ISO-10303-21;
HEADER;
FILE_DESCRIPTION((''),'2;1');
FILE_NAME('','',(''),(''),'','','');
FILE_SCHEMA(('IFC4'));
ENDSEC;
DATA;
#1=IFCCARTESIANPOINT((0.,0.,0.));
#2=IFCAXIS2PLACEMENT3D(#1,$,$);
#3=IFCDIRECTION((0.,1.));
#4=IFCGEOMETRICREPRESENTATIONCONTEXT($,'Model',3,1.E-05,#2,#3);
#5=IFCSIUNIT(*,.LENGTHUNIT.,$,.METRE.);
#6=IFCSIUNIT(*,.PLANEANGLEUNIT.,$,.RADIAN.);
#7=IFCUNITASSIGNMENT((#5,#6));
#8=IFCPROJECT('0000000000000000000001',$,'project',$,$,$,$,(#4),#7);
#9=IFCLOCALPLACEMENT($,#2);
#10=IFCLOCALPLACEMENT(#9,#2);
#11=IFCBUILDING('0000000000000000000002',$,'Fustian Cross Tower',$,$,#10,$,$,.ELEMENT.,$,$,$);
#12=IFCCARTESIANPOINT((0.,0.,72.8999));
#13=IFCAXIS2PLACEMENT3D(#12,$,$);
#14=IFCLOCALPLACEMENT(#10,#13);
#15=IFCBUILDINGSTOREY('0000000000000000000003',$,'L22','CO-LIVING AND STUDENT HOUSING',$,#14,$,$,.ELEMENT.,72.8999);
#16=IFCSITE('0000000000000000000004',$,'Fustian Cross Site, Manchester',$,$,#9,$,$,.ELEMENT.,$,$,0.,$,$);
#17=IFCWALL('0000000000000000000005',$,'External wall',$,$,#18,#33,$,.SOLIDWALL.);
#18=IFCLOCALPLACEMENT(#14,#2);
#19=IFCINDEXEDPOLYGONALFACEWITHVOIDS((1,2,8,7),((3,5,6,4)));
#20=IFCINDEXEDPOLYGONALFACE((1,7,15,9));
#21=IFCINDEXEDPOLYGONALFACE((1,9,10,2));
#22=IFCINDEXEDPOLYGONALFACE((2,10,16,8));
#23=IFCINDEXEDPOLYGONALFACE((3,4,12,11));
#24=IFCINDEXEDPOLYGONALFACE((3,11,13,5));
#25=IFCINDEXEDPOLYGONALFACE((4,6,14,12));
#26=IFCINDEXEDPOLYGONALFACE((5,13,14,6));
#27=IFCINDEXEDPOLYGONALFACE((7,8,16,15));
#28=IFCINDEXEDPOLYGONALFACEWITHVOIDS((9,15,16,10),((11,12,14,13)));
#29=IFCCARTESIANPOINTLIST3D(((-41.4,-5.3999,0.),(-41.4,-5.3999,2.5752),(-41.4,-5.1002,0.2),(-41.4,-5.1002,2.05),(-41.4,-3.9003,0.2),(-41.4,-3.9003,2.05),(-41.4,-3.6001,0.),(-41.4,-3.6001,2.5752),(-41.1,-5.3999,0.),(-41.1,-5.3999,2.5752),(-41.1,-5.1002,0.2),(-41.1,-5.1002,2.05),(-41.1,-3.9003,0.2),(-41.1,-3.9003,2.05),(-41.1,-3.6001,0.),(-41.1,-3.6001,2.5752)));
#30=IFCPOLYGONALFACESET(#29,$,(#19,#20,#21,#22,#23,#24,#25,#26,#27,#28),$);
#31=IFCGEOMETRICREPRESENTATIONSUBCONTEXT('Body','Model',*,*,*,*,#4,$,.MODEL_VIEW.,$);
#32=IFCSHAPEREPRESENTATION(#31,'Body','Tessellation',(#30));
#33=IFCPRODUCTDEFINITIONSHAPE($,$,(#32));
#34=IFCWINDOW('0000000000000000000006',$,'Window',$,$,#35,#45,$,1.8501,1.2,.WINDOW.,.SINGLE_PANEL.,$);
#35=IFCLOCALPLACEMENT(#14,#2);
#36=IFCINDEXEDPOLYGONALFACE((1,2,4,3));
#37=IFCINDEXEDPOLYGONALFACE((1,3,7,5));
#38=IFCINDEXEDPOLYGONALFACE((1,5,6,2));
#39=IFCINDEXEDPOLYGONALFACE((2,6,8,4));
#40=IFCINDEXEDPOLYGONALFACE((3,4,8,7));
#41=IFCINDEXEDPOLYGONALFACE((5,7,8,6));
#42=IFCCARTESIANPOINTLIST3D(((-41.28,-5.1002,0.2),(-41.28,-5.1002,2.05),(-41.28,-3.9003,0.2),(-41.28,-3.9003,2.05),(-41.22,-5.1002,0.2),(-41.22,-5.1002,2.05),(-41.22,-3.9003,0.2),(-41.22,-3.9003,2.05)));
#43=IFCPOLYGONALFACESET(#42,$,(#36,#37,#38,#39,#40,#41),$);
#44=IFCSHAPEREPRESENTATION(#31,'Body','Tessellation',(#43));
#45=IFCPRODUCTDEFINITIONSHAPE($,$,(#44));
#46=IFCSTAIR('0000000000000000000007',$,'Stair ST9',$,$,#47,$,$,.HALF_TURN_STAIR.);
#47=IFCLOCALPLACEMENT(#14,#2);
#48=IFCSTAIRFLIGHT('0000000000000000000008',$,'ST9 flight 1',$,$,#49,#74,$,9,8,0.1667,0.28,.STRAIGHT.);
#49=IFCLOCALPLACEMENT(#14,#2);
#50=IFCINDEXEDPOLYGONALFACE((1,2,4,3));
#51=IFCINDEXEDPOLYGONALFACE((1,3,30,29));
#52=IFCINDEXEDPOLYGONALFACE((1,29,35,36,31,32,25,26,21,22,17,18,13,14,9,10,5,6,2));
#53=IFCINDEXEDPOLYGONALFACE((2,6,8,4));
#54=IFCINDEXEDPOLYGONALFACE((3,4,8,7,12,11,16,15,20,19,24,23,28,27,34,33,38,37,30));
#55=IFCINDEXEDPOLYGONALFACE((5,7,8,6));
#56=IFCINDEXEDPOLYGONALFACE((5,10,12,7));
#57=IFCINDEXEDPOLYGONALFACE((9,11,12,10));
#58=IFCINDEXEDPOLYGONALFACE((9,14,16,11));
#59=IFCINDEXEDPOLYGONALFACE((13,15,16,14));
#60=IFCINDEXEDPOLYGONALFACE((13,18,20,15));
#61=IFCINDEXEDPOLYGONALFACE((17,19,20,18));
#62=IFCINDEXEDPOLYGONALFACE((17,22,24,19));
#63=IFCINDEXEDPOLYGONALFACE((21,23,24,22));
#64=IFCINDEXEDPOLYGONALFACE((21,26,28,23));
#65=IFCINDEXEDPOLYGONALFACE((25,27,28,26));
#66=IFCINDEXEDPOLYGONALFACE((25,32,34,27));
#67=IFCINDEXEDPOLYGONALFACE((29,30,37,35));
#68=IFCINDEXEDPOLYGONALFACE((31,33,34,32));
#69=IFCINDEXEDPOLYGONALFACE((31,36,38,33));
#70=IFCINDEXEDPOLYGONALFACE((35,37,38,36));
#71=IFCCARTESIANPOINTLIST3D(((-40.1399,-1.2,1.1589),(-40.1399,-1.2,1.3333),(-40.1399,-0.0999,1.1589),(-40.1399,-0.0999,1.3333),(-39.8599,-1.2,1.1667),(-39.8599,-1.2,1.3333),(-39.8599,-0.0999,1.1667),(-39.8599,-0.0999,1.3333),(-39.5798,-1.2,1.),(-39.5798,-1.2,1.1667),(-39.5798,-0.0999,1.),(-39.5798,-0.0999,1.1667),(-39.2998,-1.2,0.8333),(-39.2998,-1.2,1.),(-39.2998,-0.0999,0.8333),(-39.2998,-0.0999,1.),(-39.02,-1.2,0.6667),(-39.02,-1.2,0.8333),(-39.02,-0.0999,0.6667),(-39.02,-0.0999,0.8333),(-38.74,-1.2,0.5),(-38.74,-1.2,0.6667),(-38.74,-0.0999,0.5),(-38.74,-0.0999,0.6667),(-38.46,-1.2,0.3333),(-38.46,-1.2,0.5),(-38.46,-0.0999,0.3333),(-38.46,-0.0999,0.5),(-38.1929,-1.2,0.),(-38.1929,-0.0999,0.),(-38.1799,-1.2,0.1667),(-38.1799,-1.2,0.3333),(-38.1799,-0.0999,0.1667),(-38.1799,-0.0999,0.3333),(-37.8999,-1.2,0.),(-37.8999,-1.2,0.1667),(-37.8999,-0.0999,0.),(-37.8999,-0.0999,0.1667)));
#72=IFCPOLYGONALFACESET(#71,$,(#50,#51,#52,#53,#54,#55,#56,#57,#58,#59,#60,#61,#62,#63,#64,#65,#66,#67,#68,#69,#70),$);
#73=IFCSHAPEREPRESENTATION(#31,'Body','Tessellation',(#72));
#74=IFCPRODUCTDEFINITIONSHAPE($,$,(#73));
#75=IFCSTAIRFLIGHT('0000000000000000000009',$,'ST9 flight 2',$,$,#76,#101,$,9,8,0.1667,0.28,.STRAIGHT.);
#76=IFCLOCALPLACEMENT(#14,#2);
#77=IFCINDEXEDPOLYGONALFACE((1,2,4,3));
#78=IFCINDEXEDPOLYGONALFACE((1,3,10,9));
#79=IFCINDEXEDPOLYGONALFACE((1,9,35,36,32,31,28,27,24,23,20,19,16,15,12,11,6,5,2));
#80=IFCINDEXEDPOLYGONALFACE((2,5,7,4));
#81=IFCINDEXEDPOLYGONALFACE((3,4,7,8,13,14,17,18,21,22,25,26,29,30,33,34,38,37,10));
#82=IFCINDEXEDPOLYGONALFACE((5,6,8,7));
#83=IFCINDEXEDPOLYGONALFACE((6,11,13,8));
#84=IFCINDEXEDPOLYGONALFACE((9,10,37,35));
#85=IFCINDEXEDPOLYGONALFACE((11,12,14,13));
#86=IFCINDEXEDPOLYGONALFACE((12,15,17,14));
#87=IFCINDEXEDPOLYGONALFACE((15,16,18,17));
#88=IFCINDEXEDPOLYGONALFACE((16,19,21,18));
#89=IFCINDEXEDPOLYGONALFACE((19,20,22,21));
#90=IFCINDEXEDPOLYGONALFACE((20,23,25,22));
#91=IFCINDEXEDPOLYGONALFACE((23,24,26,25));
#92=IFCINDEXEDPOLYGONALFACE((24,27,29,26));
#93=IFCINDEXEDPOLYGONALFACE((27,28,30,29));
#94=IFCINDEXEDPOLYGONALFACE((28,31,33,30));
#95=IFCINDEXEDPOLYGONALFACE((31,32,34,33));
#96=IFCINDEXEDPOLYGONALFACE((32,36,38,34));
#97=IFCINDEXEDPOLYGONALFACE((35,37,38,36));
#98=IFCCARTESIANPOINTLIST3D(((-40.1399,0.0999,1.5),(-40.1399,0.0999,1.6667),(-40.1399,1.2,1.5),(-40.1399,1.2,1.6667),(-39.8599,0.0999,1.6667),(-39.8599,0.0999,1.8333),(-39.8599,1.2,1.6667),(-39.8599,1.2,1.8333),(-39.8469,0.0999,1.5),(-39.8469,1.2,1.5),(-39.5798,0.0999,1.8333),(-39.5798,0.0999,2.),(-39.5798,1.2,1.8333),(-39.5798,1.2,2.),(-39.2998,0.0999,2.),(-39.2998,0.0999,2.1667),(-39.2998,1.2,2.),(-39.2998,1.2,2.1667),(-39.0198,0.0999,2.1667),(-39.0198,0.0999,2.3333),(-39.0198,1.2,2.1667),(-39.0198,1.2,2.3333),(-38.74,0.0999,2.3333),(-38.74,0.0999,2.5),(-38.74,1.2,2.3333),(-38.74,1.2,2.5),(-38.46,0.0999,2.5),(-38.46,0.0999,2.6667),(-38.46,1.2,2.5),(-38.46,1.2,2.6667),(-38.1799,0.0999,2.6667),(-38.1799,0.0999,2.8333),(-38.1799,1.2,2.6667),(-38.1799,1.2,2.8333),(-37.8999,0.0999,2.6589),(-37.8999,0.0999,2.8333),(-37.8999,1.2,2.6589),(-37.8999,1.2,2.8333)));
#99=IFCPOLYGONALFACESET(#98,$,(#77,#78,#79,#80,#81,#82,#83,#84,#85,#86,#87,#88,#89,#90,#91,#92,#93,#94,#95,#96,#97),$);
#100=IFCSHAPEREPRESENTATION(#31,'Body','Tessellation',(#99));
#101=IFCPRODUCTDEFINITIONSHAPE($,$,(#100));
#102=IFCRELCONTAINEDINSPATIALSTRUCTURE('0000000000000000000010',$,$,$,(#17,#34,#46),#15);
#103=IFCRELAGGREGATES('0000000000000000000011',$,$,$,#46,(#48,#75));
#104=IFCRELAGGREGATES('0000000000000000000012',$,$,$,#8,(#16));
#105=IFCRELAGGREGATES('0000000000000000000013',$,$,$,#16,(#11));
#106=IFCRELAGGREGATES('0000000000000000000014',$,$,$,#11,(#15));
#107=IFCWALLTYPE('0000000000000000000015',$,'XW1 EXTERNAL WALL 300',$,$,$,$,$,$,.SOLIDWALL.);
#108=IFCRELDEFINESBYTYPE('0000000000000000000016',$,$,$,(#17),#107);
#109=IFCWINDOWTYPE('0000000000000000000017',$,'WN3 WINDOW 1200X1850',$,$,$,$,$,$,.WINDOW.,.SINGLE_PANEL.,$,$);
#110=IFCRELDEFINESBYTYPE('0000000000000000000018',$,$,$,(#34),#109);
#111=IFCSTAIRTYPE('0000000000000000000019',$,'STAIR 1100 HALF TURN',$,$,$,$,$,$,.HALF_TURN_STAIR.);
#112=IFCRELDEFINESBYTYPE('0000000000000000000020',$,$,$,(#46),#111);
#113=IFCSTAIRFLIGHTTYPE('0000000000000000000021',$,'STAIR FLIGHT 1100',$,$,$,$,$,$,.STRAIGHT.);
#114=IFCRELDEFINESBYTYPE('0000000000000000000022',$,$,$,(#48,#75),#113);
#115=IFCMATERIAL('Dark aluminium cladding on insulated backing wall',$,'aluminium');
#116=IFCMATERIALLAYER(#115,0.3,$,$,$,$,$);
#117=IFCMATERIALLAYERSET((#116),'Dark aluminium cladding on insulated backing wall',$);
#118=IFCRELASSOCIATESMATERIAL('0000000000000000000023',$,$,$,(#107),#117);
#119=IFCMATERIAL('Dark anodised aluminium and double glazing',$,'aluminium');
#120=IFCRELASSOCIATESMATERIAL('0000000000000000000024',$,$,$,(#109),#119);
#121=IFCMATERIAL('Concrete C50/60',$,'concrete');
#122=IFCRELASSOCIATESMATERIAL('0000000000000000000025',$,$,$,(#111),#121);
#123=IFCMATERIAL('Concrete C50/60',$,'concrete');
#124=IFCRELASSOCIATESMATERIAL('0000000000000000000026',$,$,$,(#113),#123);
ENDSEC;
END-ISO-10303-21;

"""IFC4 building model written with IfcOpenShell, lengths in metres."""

from ifc_helpers import new_model, si_unit, direction, frame, frame_2d, origin, place, context, subcontext, project, spatial, polyline, rectangle, outline, extrude, material, layer, layer_set, type_object, element, fill, aggregate, save


model = new_model("IFC4")

# Units and contexts
model_context = context("Model", 3, precision=1e-05, world=origin(), true_north=direction((0.0, 1.0)))
body_context = subcontext(model_context, "Body", "Model", "MODEL_VIEW")
ifc_project = project(units=[si_unit("LENGTHUNIT", "METRE"), si_unit("PLANEANGLEUNIT", "RADIAN")], contexts=[model_context])

# Site, building, storey
site_placement = place(None, origin())
site = spatial("IfcSite", under=ifc_project, at=site_placement, Name="Fustian Cross Site, Manchester", CompositionType="ELEMENT", RefElevation=0.0)
building_placement = place(site_placement, origin())
building = spatial("IfcBuilding", under=site, at=building_placement, Name="Fustian Cross Tower", CompositionType="ELEMENT")
storey_placement = place(building_placement, frame((0.0, 0.0, 72.8999)))
storey = spatial("IfcBuildingStorey", under=building, at=storey_placement, Name="L22", Description="CO-LIVING AND STUDENT HOUSING", CompositionType="ELEMENT", Elevation=72.8999)

# Shared definitions
ifc_material_1 = material(Name="Dark aluminium cladding on insulated backing wall", Category="aluminium")
ifc_layer_1 = layer(ifc_material_1, 0.3)
ifc_layer_set_1 = layer_set([ifc_layer_1], Name="Dark aluminium cladding on insulated backing wall")
wall_type_1 = type_object("IfcWallType", Name="XW1 EXTERNAL WALL 300", PredefinedType="SOLIDWALL", material=ifc_layer_set_1)

# Wall, opening, window
wall_1_placement = place(storey_placement, frame((-41.25, -3.6001, 0.0), z_axis=(0.0, 0.0, 1.0), x_axis=(0.0, -1.0, 0.0)))
wall_1 = element("IfcWall", 1, at=wall_1_placement, inside=storey, type_object=wall_type_1, Name="External wall", PredefinedType="SOLIDWALL", context=body_context, shape_type="SweptSolid", body=[
    extrude(rectangle(XDim=1.7998, YDim=0.3, at=frame_2d((0.8999, 0.0))), origin(), (0.0, 0.0, 1.0), 2.5752),
])
opening_1_placement = place(wall_1_placement, frame((0.3, 0.0, 0.2)))
opening_1 = element("IfcOpeningElement", 2, at=opening_1_placement, cuts=wall_1, PredefinedType="OPENING", context=body_context, shape_type="SweptSolid", body=[
    extrude(rectangle(XDim=1.2, YDim=1.8501, at=frame_2d((0.6001, 0.925))), frame((0.0, 0.1599, 0.0), z_axis=(0.0, -1.0, 0.0), x_axis=(1.0, 0.0, 0.0)), (0.0, 0.0, 1.0), 0.3201),
])
ifc_material_2 = material(Name="Dark anodised aluminium and double glazing", Category="aluminium")
window_type = type_object("IfcWindowType", Name="WN3 WINDOW 1200X1850", PartitioningType="SINGLE_PANEL", PredefinedType="WINDOW", material=ifc_material_2)
window_placement = place(opening_1_placement, origin())
window = element("IfcWindow", 3, at=window_placement, inside=storey, type_object=window_type, Name="Window", OverallHeight=1.8501, OverallWidth=1.2, PartitioningType="SINGLE_PANEL", PredefinedType="WINDOW", context=body_context, shape_type="SweptSolid", body=[
    extrude(rectangle(XDim=1.2, YDim=1.8501, at=frame_2d((0.6001, 0.925))), frame((0.0, 0.03, 0.0), z_axis=(0.0, -1.0, 0.0), x_axis=(1.0, 0.0, 0.0)), (0.0, 0.0, 1.0), 0.0601),
])
fill(opening_1, window)

# Stair, stair flights
ifc_material_3 = material(Name="Concrete C50/60", Category="concrete")
stair_type = type_object("IfcStairType", Name="STAIR 1100 HALF TURN", PredefinedType="HALF_TURN_STAIR", material=ifc_material_3)
stair_placement = place(storey_placement, origin())
stair = element("IfcStair", 4, at=stair_placement, inside=storey, type_object=stair_type, Name="Stair ST9", PredefinedType="HALF_TURN_STAIR")
ifc_material_4 = material(Name="Concrete C50/60", Category="concrete")
stair_flight_type = type_object("IfcStairFlightType", Name="STAIR FLIGHT 1100", PredefinedType="STRAIGHT", material=ifc_material_4)
stair_flight_1_placement = place(storey_placement, frame((-37.8999, -0.6499, 0.0), z_axis=(0.0, 0.0, 1.0), x_axis=(-1.0, 0.0, 0.0)))
stair_flight_1 = element("IfcStairFlight", 5, at=stair_flight_1_placement, type_object=stair_flight_type, Name="ST9 flight 1", NumberOfRisers=9, NumberOfTreads=8, PredefinedType="STRAIGHT", RiserHeight=0.1667, TreadLength=0.28, context=body_context, shape_type="SweptSolid", body=[
    extrude(outline(polyline([(0.0, 0.0), (0.0, 0.1667), (0.28, 0.1667), (0.28, 0.3333), (0.5601, 0.3333), (0.5601, 0.5), (0.8401, 0.5), (0.8401, 0.6667), (1.1201, 0.6667), (1.1201, 0.8333), (1.3999, 0.8333), (1.3999, 1.0), (1.6799, 1.0), (1.6799, 1.1667), (1.96, 1.1667), (1.96, 1.3333), (2.24, 1.3333), (2.24, 1.5), (2.24, 1.1589), (0.293, 0.0), (0.0, 0.0)])), frame((0.0, 0.55, 0.0), z_axis=(0.0, -1.0, 0.0), x_axis=(1.0, 0.0, 0.0)), (0.0, 0.0, 1.0), 1.1001),
])
stair_flight_2_placement = place(storey_placement, frame((-40.1399, 0.6499, 1.5), z_axis=(0.0, 0.0, 1.0), x_axis=(1.0, 0.0, 0.0)))
stair_flight_2 = element("IfcStairFlight", 6, at=stair_flight_2_placement, type_object=stair_flight_type, Name="ST9 flight 2", NumberOfRisers=9, NumberOfTreads=8, PredefinedType="STRAIGHT", RiserHeight=0.1667, TreadLength=0.28, context=body_context, shape_type="SweptSolid", body=[
    extrude(outline(polyline([(0.0, 0.0), (0.0, 0.1667), (0.28, 0.1667), (0.28, 0.3333), (0.5601, 0.3333), (0.5601, 0.5), (0.8401, 0.5), (0.8401, 0.6667), (1.1201, 0.6667), (1.1201, 0.8333), (1.3999, 0.8333), (1.3999, 1.0), (1.6799, 1.0), (1.6799, 1.1667), (1.96, 1.1667), (1.96, 1.3333), (2.24, 1.3333), (2.24, 1.5), (2.24, 1.1589), (0.293, 0.0), (0.0, 0.0)])), frame((0.0, 0.55, 0.0), z_axis=(0.0, -1.0, 0.0), x_axis=(1.0, 0.0, 0.0)), (0.0, 0.0, 1.0), 1.1001),
])
aggregate(stair, [stair_flight_1, stair_flight_2])

save(model, "model.ifc")
